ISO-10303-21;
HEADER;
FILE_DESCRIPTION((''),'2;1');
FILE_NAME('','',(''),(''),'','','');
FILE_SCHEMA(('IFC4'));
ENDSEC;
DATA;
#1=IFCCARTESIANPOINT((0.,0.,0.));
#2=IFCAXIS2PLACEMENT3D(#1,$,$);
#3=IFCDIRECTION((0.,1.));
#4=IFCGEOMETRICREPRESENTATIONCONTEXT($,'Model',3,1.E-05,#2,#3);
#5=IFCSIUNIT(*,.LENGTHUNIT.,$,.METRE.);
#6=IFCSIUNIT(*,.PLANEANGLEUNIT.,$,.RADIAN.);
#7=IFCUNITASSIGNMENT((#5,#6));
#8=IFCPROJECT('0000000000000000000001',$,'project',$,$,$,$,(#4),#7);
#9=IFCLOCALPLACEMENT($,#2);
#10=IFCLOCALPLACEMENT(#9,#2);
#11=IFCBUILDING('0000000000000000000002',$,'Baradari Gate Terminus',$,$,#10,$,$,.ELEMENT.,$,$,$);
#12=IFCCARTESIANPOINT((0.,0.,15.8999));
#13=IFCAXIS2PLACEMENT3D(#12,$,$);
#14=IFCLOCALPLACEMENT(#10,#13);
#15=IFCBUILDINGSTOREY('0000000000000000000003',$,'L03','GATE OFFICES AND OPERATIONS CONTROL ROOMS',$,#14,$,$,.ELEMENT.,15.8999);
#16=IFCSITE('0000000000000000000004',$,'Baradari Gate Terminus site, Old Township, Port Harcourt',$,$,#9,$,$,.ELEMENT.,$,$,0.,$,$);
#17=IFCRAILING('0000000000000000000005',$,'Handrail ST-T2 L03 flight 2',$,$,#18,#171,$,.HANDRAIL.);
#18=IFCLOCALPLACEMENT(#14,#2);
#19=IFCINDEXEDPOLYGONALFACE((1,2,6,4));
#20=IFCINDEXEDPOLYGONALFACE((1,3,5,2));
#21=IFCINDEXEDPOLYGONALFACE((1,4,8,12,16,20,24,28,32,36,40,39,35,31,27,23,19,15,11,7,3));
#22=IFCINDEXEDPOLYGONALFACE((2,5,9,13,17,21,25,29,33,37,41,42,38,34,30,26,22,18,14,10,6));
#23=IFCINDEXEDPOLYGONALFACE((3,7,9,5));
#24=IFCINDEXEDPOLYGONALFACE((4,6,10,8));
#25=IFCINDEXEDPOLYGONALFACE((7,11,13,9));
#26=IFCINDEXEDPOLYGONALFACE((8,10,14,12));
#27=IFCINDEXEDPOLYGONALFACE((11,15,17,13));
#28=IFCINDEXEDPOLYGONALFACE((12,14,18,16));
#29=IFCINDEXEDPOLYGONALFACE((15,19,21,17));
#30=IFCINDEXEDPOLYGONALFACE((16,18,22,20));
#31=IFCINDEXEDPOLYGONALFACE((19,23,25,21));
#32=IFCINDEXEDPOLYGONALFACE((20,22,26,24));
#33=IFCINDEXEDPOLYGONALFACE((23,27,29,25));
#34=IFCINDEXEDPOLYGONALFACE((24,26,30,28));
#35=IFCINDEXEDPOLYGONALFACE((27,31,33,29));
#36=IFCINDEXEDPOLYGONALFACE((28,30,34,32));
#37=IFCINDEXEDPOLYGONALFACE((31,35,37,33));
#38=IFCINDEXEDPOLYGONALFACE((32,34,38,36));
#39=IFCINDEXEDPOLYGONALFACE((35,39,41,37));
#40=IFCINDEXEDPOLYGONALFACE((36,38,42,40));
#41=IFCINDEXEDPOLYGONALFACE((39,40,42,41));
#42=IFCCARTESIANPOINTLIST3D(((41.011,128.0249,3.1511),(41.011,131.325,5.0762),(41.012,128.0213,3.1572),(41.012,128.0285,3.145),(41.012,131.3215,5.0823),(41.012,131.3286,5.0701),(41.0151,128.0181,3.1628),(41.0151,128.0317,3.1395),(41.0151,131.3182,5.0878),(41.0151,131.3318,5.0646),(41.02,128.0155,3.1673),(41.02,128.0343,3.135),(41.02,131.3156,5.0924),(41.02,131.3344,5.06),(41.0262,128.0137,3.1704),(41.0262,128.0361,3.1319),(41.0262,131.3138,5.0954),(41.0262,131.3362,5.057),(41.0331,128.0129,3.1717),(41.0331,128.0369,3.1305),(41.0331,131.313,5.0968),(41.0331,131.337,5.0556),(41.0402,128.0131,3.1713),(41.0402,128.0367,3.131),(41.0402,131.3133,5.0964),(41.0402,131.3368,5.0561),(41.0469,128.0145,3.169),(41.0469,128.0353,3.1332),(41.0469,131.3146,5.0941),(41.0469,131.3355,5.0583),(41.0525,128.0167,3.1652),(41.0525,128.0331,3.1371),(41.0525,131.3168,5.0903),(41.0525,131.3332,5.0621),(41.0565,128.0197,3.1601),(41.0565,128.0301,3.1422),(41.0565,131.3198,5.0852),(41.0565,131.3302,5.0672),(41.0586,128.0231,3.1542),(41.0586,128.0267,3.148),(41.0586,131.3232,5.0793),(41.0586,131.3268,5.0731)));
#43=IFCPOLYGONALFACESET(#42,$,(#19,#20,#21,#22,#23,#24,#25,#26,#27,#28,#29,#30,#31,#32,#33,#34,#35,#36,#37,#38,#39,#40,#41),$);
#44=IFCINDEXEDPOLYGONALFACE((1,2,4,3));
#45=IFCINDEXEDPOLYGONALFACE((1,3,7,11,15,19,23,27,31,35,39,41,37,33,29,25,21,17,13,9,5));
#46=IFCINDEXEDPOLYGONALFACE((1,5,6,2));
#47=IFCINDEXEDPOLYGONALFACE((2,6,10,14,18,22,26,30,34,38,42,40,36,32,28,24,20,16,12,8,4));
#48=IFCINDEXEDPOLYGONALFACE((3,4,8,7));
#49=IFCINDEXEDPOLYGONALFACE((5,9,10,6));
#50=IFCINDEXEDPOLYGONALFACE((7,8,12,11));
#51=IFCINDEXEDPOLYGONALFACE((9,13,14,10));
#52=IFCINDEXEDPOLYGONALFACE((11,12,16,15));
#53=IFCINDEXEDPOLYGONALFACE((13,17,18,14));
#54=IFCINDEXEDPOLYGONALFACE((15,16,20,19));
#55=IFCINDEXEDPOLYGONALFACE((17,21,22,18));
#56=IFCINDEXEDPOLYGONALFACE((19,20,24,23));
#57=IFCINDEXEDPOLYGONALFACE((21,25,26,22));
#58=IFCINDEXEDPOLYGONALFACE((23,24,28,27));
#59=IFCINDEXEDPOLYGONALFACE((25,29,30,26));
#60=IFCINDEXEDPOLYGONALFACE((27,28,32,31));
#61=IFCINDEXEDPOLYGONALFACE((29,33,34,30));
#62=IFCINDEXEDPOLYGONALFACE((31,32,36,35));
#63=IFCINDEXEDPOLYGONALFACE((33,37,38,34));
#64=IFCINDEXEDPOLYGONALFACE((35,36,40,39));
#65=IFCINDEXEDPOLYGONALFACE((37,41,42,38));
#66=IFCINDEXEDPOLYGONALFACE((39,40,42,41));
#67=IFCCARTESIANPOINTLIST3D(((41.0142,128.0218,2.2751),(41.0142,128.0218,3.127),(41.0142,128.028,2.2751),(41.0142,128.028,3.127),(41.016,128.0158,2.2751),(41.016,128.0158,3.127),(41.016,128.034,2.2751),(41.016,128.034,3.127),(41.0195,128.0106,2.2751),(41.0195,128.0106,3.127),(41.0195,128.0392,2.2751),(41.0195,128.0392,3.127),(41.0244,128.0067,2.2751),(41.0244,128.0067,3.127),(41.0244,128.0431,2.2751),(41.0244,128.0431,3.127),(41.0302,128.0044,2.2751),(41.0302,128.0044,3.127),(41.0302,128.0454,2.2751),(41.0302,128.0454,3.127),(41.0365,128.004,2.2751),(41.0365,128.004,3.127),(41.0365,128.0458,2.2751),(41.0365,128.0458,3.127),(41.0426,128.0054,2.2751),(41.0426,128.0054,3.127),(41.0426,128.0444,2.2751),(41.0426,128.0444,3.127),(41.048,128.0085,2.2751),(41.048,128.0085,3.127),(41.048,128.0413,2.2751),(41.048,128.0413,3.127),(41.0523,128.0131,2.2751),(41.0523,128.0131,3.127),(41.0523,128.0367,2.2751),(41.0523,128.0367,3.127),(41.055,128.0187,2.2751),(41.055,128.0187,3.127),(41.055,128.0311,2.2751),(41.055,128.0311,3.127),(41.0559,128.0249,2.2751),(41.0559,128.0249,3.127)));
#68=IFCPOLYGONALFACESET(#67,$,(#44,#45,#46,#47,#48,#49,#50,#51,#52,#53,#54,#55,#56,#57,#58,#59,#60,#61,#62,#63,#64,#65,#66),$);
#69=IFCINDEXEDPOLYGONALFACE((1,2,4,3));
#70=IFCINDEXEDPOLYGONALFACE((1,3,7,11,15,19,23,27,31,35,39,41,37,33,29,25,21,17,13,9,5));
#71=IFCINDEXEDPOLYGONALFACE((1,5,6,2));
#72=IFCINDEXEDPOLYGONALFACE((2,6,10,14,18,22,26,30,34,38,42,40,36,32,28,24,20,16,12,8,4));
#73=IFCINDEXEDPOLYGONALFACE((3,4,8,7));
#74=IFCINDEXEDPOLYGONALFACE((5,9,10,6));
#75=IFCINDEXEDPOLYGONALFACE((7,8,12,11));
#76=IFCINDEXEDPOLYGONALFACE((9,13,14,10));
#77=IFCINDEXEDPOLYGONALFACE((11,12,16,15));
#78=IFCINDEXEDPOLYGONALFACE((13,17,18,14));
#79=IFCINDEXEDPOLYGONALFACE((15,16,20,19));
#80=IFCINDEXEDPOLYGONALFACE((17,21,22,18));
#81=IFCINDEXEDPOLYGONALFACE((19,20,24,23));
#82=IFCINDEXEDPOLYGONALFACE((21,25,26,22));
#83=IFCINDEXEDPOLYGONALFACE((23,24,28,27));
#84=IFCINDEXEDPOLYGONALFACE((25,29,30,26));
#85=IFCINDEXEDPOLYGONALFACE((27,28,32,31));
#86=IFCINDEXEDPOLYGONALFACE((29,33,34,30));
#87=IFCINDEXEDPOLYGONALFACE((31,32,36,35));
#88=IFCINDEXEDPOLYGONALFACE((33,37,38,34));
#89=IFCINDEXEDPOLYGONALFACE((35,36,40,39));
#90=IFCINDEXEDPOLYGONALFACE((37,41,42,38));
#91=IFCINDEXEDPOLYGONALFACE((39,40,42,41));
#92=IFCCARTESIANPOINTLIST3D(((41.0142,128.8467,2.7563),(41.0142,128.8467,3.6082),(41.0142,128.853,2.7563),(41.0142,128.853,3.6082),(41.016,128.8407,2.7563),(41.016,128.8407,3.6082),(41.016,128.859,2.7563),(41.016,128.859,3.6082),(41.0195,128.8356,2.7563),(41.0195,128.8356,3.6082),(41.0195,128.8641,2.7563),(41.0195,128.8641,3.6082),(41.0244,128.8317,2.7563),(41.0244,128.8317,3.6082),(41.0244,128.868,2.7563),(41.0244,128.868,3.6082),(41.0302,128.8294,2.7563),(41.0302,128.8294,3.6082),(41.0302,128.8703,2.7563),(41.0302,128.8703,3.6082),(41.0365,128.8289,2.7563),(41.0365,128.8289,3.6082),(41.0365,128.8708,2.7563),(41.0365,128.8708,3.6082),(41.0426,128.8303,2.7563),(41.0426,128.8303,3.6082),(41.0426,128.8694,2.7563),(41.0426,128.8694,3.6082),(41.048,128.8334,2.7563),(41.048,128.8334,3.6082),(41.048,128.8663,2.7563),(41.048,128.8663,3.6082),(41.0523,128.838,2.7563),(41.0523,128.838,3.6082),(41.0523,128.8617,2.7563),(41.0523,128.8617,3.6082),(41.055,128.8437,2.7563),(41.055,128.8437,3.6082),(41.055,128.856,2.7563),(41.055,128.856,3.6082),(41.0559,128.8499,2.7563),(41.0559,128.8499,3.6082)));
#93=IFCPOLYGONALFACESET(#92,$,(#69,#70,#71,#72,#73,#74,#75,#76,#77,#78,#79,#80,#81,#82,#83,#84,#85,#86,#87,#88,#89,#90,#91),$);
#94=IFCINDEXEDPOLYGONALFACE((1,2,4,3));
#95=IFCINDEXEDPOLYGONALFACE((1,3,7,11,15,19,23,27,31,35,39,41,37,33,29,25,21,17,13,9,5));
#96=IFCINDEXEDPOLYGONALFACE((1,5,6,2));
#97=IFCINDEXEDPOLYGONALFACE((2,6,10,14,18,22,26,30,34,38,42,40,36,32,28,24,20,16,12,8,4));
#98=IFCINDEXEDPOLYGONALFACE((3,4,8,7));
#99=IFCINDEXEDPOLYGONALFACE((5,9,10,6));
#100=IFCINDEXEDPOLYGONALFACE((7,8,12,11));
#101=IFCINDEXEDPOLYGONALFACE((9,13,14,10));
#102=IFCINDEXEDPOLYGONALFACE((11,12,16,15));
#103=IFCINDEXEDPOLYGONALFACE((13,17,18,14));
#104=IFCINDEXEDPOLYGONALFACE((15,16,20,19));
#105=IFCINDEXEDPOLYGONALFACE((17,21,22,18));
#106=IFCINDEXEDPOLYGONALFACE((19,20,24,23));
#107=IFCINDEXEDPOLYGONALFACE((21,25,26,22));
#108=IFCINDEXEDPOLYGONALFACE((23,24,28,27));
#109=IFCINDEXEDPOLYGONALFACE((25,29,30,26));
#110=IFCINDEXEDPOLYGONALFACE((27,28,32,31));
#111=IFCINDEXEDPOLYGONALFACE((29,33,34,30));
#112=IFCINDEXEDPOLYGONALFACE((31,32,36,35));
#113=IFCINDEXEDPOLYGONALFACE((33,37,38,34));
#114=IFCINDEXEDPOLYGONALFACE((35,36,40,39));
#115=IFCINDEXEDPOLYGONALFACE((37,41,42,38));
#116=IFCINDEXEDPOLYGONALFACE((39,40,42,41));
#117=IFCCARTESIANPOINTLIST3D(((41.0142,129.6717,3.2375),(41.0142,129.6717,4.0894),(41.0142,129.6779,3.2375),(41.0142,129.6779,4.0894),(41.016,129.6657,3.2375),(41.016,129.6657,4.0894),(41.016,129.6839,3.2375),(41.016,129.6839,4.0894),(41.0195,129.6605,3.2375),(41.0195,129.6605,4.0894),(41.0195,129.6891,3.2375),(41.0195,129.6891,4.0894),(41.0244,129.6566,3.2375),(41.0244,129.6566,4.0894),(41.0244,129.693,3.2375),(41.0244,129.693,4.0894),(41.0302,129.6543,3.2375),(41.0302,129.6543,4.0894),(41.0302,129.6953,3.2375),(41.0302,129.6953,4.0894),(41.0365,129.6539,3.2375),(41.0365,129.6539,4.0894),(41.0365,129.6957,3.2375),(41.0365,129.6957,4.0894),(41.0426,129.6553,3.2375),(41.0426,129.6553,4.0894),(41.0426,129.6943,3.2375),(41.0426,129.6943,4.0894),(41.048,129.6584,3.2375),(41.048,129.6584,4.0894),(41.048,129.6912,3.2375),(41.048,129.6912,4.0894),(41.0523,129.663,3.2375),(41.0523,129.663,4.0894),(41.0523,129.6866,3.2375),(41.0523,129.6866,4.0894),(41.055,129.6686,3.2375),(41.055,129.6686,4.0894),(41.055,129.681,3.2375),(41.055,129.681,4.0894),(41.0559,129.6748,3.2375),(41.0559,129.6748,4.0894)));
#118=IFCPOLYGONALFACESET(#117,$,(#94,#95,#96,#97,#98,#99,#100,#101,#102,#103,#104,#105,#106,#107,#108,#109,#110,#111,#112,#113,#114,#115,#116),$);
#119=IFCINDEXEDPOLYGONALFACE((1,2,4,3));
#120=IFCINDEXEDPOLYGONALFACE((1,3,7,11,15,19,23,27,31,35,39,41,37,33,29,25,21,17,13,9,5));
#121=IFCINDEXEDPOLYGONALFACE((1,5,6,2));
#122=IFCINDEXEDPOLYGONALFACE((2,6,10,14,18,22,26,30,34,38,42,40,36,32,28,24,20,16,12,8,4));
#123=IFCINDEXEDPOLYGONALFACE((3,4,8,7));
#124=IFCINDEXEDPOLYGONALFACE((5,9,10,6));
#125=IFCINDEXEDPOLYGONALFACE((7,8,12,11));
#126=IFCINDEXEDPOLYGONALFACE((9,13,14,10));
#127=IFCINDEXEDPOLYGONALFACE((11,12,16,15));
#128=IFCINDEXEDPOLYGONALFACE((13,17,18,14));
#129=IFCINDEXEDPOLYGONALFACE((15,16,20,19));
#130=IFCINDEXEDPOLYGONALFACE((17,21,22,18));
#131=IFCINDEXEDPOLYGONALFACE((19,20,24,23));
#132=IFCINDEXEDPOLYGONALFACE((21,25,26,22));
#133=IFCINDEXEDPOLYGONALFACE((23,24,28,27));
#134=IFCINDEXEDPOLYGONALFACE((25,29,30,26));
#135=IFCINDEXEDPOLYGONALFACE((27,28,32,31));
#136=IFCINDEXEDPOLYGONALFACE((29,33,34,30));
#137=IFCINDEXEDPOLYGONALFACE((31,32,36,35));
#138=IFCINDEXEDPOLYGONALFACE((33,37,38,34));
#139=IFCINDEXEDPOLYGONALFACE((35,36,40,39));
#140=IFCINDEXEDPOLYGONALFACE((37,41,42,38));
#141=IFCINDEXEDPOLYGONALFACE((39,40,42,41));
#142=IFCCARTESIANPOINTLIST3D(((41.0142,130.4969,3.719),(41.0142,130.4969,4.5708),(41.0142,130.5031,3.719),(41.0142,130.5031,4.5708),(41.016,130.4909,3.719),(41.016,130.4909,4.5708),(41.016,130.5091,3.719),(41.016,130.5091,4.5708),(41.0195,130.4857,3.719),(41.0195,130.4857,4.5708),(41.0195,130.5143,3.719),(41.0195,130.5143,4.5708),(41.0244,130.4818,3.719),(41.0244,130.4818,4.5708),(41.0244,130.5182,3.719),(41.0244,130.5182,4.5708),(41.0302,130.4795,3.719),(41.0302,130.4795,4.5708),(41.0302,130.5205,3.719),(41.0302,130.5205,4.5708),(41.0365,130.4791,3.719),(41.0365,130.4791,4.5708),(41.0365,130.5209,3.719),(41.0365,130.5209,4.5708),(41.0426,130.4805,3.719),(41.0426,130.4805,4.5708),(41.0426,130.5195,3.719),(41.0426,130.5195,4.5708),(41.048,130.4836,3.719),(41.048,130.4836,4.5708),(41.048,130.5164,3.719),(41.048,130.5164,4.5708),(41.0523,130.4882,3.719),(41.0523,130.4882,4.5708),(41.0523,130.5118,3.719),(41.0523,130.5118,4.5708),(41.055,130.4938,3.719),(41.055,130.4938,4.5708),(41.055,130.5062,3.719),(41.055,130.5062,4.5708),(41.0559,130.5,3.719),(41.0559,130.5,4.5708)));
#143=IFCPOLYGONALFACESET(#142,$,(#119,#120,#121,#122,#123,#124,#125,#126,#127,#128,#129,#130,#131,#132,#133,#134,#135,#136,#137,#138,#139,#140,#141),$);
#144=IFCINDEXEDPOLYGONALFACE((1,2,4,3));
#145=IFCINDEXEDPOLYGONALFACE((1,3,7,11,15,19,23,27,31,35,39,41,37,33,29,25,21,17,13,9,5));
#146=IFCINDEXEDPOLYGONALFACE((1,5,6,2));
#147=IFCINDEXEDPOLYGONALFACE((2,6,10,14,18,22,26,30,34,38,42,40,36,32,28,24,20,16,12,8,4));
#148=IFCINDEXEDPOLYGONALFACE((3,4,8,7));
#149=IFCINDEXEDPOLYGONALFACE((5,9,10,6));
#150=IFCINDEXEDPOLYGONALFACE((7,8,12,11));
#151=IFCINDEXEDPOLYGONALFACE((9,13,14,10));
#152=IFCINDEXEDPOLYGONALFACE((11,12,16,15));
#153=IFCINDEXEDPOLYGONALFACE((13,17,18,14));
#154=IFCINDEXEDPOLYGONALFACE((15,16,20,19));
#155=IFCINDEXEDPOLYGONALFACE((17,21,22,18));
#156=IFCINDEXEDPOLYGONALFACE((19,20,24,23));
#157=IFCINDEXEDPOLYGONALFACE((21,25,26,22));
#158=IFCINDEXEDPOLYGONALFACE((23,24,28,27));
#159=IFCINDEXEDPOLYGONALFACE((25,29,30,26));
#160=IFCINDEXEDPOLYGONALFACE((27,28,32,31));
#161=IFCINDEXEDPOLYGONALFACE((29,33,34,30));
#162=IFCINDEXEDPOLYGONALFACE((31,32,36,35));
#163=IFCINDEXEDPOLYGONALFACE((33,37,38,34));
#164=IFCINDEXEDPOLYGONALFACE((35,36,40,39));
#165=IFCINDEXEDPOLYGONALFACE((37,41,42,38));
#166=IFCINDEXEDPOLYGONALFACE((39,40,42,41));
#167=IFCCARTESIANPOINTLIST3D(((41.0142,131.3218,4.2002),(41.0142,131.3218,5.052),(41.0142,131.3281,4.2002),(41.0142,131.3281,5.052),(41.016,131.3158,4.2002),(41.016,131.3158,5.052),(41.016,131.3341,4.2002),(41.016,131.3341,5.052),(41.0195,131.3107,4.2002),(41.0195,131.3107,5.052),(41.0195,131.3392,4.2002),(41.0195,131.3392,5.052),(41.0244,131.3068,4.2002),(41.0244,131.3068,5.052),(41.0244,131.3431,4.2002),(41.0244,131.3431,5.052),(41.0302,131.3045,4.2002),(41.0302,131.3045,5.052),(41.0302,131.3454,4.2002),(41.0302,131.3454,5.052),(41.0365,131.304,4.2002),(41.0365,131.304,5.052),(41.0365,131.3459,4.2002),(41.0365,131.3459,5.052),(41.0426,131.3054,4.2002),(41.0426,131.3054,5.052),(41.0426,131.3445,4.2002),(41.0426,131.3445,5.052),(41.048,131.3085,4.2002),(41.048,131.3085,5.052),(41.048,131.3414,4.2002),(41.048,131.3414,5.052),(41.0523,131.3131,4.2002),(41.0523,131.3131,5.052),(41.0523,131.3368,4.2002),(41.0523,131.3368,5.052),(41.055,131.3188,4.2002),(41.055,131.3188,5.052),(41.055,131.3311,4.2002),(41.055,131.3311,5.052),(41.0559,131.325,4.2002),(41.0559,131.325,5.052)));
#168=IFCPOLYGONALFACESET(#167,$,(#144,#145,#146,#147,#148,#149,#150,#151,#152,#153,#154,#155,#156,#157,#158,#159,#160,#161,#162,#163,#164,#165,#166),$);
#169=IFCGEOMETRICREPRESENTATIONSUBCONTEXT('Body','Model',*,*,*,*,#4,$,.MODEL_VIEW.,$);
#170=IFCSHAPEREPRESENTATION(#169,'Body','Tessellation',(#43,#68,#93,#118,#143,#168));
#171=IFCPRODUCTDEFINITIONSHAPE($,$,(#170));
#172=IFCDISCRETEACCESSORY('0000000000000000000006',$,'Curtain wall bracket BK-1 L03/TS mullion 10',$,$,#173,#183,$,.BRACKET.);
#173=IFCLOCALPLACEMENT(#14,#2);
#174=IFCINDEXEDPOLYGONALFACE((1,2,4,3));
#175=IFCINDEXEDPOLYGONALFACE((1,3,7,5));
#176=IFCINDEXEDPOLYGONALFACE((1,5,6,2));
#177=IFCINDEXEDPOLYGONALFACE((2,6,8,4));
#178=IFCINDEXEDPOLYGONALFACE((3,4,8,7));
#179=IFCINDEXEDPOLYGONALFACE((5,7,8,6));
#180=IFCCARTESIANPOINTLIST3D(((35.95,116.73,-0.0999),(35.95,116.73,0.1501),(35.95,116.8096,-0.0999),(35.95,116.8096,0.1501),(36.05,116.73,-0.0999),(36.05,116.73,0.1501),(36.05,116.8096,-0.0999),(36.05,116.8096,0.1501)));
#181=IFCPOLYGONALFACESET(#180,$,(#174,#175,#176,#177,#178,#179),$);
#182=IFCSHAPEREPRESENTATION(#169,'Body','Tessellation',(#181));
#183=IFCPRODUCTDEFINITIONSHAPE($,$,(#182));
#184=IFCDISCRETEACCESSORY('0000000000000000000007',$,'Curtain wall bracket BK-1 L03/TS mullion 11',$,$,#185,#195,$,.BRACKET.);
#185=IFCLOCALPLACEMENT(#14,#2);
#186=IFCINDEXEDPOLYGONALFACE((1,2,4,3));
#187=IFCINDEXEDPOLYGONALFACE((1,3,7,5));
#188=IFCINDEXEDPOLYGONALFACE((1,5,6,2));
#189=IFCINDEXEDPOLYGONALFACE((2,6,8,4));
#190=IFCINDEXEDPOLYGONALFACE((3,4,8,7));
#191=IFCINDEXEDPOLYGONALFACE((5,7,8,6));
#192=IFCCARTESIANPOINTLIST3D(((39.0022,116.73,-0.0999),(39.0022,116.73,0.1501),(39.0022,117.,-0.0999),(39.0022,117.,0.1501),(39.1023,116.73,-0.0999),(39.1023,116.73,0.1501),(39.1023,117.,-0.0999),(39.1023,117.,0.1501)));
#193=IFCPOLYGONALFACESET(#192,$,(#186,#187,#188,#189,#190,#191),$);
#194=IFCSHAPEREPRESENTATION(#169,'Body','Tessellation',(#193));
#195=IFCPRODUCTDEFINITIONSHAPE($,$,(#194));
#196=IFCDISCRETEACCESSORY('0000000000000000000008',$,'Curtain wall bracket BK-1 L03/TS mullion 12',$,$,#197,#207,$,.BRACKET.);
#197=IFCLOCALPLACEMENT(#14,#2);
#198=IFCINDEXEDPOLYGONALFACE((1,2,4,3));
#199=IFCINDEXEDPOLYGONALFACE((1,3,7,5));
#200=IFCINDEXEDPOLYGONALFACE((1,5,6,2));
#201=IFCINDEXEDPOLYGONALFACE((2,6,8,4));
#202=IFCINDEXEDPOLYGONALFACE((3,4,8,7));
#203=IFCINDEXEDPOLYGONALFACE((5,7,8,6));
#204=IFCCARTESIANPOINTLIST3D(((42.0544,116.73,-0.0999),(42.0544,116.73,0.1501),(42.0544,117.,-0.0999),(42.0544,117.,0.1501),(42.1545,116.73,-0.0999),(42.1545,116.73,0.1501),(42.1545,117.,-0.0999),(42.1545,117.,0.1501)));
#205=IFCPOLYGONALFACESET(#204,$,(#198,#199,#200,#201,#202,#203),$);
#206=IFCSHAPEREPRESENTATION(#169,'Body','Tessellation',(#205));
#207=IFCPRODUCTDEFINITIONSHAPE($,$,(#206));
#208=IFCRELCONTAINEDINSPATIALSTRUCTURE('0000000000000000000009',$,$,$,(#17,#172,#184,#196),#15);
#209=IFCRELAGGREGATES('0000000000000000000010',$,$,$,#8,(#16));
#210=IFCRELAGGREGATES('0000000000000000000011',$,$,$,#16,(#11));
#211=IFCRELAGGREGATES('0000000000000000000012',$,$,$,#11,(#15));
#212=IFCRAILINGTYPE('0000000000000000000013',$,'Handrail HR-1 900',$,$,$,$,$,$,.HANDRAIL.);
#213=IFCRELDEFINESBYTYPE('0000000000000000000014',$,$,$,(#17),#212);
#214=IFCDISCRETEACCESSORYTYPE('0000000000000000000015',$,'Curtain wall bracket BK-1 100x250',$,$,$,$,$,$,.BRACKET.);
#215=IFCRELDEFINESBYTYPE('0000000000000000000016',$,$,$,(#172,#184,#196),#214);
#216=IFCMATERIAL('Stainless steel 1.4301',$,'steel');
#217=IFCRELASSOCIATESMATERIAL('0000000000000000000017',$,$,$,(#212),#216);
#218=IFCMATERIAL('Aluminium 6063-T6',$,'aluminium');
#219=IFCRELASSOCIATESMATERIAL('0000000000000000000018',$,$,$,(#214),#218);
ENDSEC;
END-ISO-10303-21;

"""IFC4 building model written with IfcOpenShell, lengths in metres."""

from ifc_helpers import new_model, si_unit, direction, frame, origin, origin_2d, place, context, subcontext, project, spatial, rectangle, circle, extrude, material, type_object, element, save


model = new_model("IFC4")

# Units and contexts
model_context = context("Model", 3, precision=1e-05, world=origin(), true_north=direction((0.0, 1.0)))
body_context = subcontext(model_context, "Body", "Model", "MODEL_VIEW")
ifc_project = project(units=[si_unit("LENGTHUNIT", "METRE"), si_unit("PLANEANGLEUNIT", "RADIAN")], contexts=[model_context])

# Site, building, storey
site_placement = place(None, origin())
site = spatial("IfcSite", under=ifc_project, at=site_placement, Name="Baradari Gate Terminus site, Old Township, Port Harcourt", CompositionType="ELEMENT", RefElevation=0.0)
building_placement = place(site_placement, origin())
building = spatial("IfcBuilding", under=site, at=building_placement, Name="Baradari Gate Terminus", CompositionType="ELEMENT")
storey_placement = place(building_placement, frame((0.0, 0.0, 15.8999)))
storey = spatial("IfcBuildingStorey", under=building, at=storey_placement, Name="L03", Description="GATE OFFICES AND OPERATIONS CONTROL ROOMS", CompositionType="ELEMENT", Elevation=15.8999)

# Railing
ifc_material_1 = material(Name="Stainless steel 1.4301", Category="steel")
railing_type = type_object("IfcRailingType", Name="Handrail HR-1 900", PredefinedType="HANDRAIL", material=ifc_material_1)
for number, where, name in (
    (1, (41.0349, 128.0249, 2.2751), "Handrail ST-T2 L03 flight 2"),
):
    element("IfcRailing", number, at=place(storey_placement, frame(where)), inside=storey, type_object=railing_type, Name=name, PredefinedType="HANDRAIL", context=body_context, shape_type="SweptSolid", body=[
        extrude(circle(Radius=0.0239, at=origin_2d()), frame((0.0, 0.0, 0.876), z_axis=(0.0, 0.863777, 0.503875), x_axis=(-1.0, 0.0, 0.0)), (0.0, 0.0, 1.0), 3.8206),
        extrude(circle(Radius=0.021, at=origin_2d()), origin(), (0.0, 0.0, 1.0), 0.8518),
        extrude(circle(Radius=0.021, at=origin_2d()), frame((0.0, 0.825, 0.4812)), (0.0, 0.0, 1.0), 0.8518),
        extrude(circle(Radius=0.021, at=origin_2d()), frame((0.0, 1.6499, 0.9624)), (0.0, 0.0, 1.0), 0.8518),
        extrude(circle(Radius=0.021, at=origin_2d()), frame((0.0, 2.4751, 1.4438)), (0.0, 0.0, 1.0), 0.8518),
        extrude(circle(Radius=0.021, at=origin_2d()), frame((0.0, 3.3, 1.925)), (0.0, 0.0, 1.0), 0.8518),
    ])

# Discrete accessories
ifc_material_2 = material(Name="Aluminium 6063-T6", Category="aluminium")
discrete_accessory_type = type_object("IfcDiscreteAccessoryType", Name="Curtain wall bracket BK-1 100x250", PredefinedType="BRACKET", material=ifc_material_2)
discrete_accessory_placement = place(storey_placement, frame((36.0, 116.7698, -0.0999), z_axis=(0.0, 0.0, 1.0), x_axis=(0.0, -1.0, 0.0)))
element("IfcDiscreteAccessory", 2, at=discrete_accessory_placement, inside=storey, type_object=discrete_accessory_type, Name="Curtain wall bracket BK-1 L03/TS mullion 10", PredefinedType="BRACKET", context=body_context, shape_type="SweptSolid", body=[
    extrude(rectangle(XDim=0.0796, YDim=0.1001, at=origin_2d()), origin(), (0.0, 0.0, 1.0), 0.25),
])
for number, where, z_axis, x_axis, name in (
    (3, (39.0522, 116.865, -0.0999), (0.0, 0.0, 1.0), (0.0, -1.0, 0.0), "Curtain wall bracket BK-1 L03/TS mullion 11"),
    (4, (42.1045, 116.865, -0.0999), (0.0, 0.0, 1.0), (0.0, -1.0, 0.0), "Curtain wall bracket BK-1 L03/TS mullion 12"),
):
    element("IfcDiscreteAccessory", number, at=place(storey_placement, frame(where, z_axis=z_axis, x_axis=x_axis)), inside=storey, type_object=discrete_accessory_type, Name=name, PredefinedType="BRACKET", context=body_context, shape_type="SweptSolid", body=[
        extrude(rectangle(XDim=0.27, YDim=0.1001, at=origin_2d()), origin(), (0.0, 0.0, 1.0), 0.25),
    ])

save(model, "model.ifc")
